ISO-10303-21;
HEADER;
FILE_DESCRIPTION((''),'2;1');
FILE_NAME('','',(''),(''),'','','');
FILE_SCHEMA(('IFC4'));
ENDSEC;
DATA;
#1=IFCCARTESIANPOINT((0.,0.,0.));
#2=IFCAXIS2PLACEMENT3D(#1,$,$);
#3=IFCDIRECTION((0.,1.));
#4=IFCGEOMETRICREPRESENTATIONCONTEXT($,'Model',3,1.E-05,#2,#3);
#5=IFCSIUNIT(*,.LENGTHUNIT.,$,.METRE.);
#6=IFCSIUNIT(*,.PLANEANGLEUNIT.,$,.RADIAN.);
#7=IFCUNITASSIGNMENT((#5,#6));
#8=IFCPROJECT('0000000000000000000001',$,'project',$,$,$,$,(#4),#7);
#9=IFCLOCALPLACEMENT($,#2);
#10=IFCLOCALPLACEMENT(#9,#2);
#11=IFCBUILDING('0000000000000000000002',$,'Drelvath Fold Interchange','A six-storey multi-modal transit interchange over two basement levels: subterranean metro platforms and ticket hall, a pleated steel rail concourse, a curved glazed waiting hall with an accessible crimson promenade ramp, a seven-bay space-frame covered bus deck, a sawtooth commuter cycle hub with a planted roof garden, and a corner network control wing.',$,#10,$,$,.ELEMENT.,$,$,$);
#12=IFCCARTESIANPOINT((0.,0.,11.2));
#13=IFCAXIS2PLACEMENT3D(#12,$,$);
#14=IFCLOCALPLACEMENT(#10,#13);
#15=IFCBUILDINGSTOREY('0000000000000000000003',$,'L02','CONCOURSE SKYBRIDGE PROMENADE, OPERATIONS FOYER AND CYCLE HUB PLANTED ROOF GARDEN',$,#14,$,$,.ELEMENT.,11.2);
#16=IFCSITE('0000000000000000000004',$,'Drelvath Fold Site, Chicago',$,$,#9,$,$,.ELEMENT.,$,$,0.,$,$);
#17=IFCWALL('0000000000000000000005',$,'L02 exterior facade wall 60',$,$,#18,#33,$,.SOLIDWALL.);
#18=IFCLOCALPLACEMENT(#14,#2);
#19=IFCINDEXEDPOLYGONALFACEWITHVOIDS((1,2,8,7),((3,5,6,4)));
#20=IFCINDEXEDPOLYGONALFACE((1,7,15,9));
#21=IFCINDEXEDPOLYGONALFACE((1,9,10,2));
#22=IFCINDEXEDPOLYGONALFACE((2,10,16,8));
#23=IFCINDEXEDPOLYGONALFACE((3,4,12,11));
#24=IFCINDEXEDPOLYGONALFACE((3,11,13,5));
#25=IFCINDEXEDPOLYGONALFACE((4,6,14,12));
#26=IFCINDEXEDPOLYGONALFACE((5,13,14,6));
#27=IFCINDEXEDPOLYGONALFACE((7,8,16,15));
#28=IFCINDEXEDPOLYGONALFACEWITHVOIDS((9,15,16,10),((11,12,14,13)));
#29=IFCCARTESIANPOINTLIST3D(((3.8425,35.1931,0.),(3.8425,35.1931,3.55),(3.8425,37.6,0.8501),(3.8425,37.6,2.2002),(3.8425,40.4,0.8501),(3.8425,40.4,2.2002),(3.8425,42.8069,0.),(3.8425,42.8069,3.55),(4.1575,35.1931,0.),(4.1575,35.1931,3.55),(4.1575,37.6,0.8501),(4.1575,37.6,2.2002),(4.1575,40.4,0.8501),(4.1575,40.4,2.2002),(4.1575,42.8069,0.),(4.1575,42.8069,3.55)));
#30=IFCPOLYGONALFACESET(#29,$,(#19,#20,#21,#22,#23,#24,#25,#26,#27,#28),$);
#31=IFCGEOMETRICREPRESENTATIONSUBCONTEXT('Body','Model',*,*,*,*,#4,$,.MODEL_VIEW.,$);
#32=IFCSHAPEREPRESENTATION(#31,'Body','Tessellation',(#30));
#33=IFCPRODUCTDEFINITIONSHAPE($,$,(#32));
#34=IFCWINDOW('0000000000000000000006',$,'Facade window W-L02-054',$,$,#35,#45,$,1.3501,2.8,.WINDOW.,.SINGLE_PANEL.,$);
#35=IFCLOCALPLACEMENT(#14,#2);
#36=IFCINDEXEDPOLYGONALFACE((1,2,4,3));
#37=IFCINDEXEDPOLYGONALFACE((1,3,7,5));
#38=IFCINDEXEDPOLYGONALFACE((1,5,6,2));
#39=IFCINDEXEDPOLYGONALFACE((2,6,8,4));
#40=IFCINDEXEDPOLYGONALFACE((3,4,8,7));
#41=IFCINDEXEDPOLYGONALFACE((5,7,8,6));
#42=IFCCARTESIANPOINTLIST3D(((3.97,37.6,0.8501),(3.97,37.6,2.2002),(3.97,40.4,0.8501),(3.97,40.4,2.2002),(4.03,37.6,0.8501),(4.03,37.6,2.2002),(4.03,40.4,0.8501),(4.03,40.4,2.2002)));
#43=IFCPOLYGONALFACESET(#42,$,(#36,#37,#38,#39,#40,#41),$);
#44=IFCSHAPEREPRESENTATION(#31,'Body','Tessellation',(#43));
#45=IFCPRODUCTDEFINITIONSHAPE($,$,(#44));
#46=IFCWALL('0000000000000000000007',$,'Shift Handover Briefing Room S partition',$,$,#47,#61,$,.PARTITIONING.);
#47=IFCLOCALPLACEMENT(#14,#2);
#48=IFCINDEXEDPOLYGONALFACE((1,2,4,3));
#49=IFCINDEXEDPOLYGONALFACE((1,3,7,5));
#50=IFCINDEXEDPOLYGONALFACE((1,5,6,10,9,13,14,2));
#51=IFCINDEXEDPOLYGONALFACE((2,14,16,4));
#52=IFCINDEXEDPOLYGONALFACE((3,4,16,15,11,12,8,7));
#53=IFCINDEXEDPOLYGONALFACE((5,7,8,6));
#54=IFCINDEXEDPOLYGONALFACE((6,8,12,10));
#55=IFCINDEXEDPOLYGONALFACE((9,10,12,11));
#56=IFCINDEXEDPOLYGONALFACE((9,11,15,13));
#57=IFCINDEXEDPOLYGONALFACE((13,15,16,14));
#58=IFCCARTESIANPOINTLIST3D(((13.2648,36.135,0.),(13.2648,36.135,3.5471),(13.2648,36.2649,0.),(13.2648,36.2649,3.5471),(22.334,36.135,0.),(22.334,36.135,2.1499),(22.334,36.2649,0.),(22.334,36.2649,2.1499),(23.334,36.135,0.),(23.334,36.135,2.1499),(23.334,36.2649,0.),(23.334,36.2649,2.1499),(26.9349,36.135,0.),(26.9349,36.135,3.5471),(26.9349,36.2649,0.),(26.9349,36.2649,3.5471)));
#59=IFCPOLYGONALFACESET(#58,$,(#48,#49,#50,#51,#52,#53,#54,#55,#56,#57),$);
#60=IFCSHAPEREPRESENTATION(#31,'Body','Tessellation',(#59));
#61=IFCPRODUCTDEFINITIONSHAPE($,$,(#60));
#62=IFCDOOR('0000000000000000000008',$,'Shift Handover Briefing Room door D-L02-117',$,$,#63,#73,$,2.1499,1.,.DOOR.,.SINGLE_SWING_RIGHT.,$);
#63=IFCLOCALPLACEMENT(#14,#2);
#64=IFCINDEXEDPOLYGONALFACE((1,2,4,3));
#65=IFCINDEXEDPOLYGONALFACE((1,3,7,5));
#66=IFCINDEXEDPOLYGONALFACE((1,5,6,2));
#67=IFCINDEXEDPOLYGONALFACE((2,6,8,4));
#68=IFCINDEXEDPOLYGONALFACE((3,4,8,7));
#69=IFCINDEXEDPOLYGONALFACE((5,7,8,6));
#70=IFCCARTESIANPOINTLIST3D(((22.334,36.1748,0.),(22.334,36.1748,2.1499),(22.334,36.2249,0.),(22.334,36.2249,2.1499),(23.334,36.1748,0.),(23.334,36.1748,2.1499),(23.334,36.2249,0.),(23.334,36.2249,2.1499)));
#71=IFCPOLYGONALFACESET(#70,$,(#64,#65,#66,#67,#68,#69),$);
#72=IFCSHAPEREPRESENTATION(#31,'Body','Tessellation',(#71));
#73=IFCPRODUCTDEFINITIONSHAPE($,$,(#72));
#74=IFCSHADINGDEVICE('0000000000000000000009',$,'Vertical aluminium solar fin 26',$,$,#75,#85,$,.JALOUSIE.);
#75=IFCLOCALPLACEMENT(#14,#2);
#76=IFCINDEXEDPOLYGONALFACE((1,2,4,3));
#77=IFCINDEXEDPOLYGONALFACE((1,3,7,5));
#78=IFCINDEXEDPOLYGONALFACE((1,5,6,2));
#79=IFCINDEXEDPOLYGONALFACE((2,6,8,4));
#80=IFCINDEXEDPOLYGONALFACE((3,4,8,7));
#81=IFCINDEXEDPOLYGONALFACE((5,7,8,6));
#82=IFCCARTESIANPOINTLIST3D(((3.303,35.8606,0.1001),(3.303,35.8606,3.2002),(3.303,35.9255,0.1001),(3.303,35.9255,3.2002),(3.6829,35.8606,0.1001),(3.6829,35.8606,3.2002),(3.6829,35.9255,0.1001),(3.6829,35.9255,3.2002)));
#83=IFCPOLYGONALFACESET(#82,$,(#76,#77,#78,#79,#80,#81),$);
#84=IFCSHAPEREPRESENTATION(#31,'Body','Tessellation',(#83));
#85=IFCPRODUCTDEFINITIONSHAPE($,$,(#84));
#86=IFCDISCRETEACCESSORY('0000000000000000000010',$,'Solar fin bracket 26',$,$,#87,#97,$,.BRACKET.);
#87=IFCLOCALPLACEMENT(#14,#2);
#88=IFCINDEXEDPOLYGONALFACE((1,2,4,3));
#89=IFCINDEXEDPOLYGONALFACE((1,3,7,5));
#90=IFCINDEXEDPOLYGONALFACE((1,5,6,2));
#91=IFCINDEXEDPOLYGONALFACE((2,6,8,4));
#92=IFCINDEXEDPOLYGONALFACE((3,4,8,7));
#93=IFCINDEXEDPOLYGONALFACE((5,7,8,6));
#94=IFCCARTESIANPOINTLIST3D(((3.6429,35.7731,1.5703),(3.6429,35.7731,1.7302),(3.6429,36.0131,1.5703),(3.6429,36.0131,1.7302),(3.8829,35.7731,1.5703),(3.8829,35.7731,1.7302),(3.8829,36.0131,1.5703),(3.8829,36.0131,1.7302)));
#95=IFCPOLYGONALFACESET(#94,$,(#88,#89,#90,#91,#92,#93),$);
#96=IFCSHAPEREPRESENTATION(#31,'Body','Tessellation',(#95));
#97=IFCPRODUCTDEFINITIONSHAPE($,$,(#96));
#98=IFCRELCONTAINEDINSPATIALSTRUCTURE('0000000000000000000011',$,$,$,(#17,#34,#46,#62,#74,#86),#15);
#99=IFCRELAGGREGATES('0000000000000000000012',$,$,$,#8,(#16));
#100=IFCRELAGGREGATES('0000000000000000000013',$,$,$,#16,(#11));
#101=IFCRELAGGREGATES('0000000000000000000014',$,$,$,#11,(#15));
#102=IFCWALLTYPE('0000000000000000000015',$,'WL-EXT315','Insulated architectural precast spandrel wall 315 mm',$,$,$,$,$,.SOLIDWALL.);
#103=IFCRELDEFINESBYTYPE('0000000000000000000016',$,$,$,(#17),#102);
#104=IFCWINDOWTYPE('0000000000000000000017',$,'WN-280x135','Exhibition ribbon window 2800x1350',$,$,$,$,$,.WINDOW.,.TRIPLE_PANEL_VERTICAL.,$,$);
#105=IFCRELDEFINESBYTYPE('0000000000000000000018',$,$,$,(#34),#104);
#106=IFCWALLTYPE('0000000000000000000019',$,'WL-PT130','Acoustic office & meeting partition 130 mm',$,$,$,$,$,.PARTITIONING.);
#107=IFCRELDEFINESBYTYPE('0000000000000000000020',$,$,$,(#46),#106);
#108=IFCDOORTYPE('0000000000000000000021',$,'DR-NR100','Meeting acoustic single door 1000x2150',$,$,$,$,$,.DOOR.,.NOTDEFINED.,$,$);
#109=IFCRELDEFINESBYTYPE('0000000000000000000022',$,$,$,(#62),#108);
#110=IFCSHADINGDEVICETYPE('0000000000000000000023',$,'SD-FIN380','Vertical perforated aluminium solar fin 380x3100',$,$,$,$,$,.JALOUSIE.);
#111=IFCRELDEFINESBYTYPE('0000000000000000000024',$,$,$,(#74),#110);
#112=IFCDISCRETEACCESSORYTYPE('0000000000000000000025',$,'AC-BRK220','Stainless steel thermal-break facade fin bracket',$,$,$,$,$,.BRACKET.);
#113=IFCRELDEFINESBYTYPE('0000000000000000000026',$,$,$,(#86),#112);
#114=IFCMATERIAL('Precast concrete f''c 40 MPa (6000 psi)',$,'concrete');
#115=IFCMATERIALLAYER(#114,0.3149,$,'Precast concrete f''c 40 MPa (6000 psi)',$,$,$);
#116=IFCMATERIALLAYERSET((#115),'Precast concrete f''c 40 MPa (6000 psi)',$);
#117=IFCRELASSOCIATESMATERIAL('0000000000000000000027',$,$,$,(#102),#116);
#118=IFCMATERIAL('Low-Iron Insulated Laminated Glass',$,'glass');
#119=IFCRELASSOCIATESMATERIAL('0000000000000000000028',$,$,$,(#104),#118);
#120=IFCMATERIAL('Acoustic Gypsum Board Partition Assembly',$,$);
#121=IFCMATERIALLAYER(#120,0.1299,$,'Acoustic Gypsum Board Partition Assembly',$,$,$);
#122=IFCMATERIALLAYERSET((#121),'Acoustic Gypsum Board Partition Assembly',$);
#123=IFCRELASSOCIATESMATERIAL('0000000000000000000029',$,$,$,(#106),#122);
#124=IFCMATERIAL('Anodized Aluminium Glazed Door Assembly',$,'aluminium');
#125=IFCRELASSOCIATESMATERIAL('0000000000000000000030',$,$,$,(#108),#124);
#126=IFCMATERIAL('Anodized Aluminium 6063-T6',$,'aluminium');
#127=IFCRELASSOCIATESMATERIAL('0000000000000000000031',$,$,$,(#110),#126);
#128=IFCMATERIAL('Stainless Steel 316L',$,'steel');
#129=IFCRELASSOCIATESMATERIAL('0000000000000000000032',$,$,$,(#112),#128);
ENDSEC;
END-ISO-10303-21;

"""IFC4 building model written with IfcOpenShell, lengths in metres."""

from ifc_helpers import new_model, si_unit, direction, frame, frame_2d, origin, origin_2d, place, context, subcontext, project, spatial, rectangle, extrude, material, layer, layer_set, type_object, element, fill, save


model = new_model("IFC4")

# Units and contexts
model_context = context("Model", 3, precision=1e-05, world=origin(), true_north=direction((0.0, 1.0)))
body_context = subcontext(model_context, "Body", "Model", "MODEL_VIEW")
ifc_project = project(units=[si_unit("LENGTHUNIT", "METRE"), si_unit("PLANEANGLEUNIT", "RADIAN")], contexts=[model_context])

# Site, building, storey
site_placement = place(None, origin())
site = spatial("IfcSite", under=ifc_project, at=site_placement, Name="Drelvath Fold Site, Chicago", CompositionType="ELEMENT", RefElevation=0.0)
building_placement = place(site_placement, origin())
building = spatial("IfcBuilding", under=site, at=building_placement, Name="Drelvath Fold Interchange", Description="A six-storey multi-modal transit interchange over two basement levels: subterranean metro platforms and ticket hall, a pleated steel rail concourse, a curved glazed waiting hall with an accessible crimson promenade ramp, a seven-bay space-frame covered bus deck, a sawtooth commuter cycle hub with a planted roof garden, and a corner network control wing.", CompositionType="ELEMENT")
storey_placement = place(building_placement, frame((0.0, 0.0, 11.2)))
storey = spatial("IfcBuildingStorey", under=building, at=storey_placement, Name="L02", Description="CONCOURSE SKYBRIDGE PROMENADE, OPERATIONS FOYER AND CYCLE HUB PLANTED ROOF GARDEN", CompositionType="ELEMENT", Elevation=11.2)

# Wall, opening, window
ifc_material_1 = material(Name="Precast concrete f'c 40 MPa (6000 psi)", Category="concrete")
ifc_layer_1 = layer(ifc_material_1, 0.3149, Name="Precast concrete f'c 40 MPa (6000 psi)")
ifc_layer_set_1 = layer_set([ifc_layer_1], Name="Precast concrete f'c 40 MPa (6000 psi)")
wall_type_1 = type_object("IfcWallType", Name="WL-EXT315", Description="Insulated architectural precast spandrel wall 315 mm", PredefinedType="SOLIDWALL", material=ifc_layer_set_1)
wall_1_placement = place(storey_placement, frame((4.0, 35.1931, 0.0), z_axis=(0.0, 0.0, 1.0), x_axis=(0.0, 1.0, 0.0)))
wall_1 = element("IfcWall", 1, at=wall_1_placement, inside=storey, type_object=wall_type_1, Name="L02 exterior facade wall 60", PredefinedType="SOLIDWALL", context=body_context, shape_type="SweptSolid", body=[
    extrude(rectangle(XDim=7.6138, YDim=0.3149, at=frame_2d((3.8069, 0.0))), origin(), (0.0, 0.0, 1.0), 3.55),
])
opening_1_placement = place(wall_1_placement, frame((2.407, 0.0, 0.8501)))
opening_1 = element("IfcOpeningElement", 2, at=opening_1_placement, cuts=wall_1, PredefinedType="OPENING", context=body_context, shape_type="SweptSolid", body=[
    extrude(rectangle(XDim=2.8, YDim=1.3501, at=frame_2d((1.3999, 0.675))), frame((0.0, 0.1675, 0.0), z_axis=(0.0, -1.0, 0.0), x_axis=(1.0, 0.0, 0.0)), (0.0, 0.0, 1.0), 0.335),
])
ifc_material_2 = material(Name="Low-Iron Insulated Laminated Glass", Category="glass")
window_type = type_object("IfcWindowType", Name="WN-280x135", Description="Exhibition ribbon window 2800x1350", PartitioningType="TRIPLE_PANEL_VERTICAL", PredefinedType="WINDOW", material=ifc_material_2)
window_placement = place(opening_1_placement, origin())
window = element("IfcWindow", 3, at=window_placement, inside=storey, type_object=window_type, Name="Facade window W-L02-054", OverallHeight=1.3501, OverallWidth=2.8, PartitioningType="SINGLE_PANEL", PredefinedType="WINDOW", context=body_context, shape_type="SweptSolid", body=[
    extrude(rectangle(XDim=2.8, YDim=1.3501, at=frame_2d((1.3999, 0.675))), frame((0.0, 0.03, 0.0), z_axis=(0.0, -1.0, 0.0), x_axis=(1.0, 0.0, 0.0)), (0.0, 0.0, 1.0), 0.0601),
])
fill(opening_1, window)

# Wall, opening, door
ifc_material_3 = material(Name="Acoustic Gypsum Board Partition Assembly")
ifc_layer_2 = layer(ifc_material_3, 0.1299, Name="Acoustic Gypsum Board Partition Assembly")
ifc_layer_set_2 = layer_set([ifc_layer_2], Name="Acoustic Gypsum Board Partition Assembly")
wall_type_2 = type_object("IfcWallType", Name="WL-PT130", Description="Acoustic office & meeting partition 130 mm", PredefinedType="PARTITIONING", material=ifc_layer_set_2)
wall_2_placement = place(storey_placement, frame((13.2649, 36.2, 0.0), z_axis=(0.0, 0.0, 1.0), x_axis=(1.0, 0.0, 0.0)))
wall_2 = element("IfcWall", 4, at=wall_2_placement, inside=storey, type_object=wall_type_2, Name="Shift Handover Briefing Room S partition", PredefinedType="PARTITIONING", context=body_context, shape_type="SweptSolid", body=[
    extrude(rectangle(XDim=13.6702, YDim=0.1299, at=frame_2d((6.835, 0.0))), origin(), (0.0, 0.0, 1.0), 3.5471),
])
opening_2_placement = place(wall_2_placement, frame((9.0691, 0.0, 0.0)))
opening_2 = element("IfcOpeningElement", 5, at=opening_2_placement, cuts=wall_2, PredefinedType="OPENING", context=body_context, shape_type="SweptSolid", body=[
    extrude(rectangle(XDim=1.0, YDim=2.1499, at=frame_2d((0.5, 1.075))), frame((0.0, 0.075, 0.0), z_axis=(0.0, -1.0, 0.0), x_axis=(1.0, 0.0, 0.0)), (0.0, 0.0, 1.0), 0.1499),
])
ifc_material_4 = material(Name="Anodized Aluminium Glazed Door Assembly", Category="aluminium")
door_type = type_object("IfcDoorType", Name="DR-NR100", Description="Meeting acoustic single door 1000x2150", OperationType="NOTDEFINED", PredefinedType="DOOR", material=ifc_material_4)
door_placement = place(opening_2_placement, origin())
door = element("IfcDoor", 6, at=door_placement, inside=storey, type_object=door_type, Name="Shift Handover Briefing Room door D-L02-117", OperationType="SINGLE_SWING_RIGHT", OverallHeight=2.1499, OverallWidth=1.0, PredefinedType="DOOR", context=body_context, shape_type="SweptSolid", body=[
    extrude(rectangle(XDim=1.0, YDim=2.1499, at=frame_2d((0.5, 1.075))), frame((0.0, 0.0249, 0.0), z_axis=(0.0, -1.0, 0.0), x_axis=(1.0, 0.0, 0.0)), (0.0, 0.0, 1.0), 0.05),
])
fill(opening_2, door)

# Shading device
ifc_material_5 = material(Name="Anodized Aluminium 6063-T6", Category="aluminium")
shading_device_type = type_object("IfcShadingDeviceType", Name="SD-FIN380", Description="Vertical perforated aluminium solar fin 380x3100", PredefinedType="JALOUSIE", material=ifc_material_5)
shading_device_placement = place(storey_placement, frame((3.4929, 35.8931, 0.1001), z_axis=(0.0, 0.0, 1.0), x_axis=(1.0, 0.0, 0.0)))
element("IfcShadingDevice", 7, at=shading_device_placement, inside=storey, type_object=shading_device_type, Name="Vertical aluminium solar fin 26", PredefinedType="JALOUSIE", context=body_context, shape_type="SweptSolid", body=[
    extrude(rectangle(XDim=0.3799, YDim=0.0649, at=origin_2d()), origin(), (0.0, 0.0, 1.0), 3.1001),
])

# Discrete accessory
ifc_material_6 = material(Name="Stainless Steel 316L", Category="steel")
discrete_accessory_type = type_object("IfcDiscreteAccessoryType", Name="AC-BRK220", Description="Stainless steel thermal-break facade fin bracket", PredefinedType="BRACKET", material=ifc_material_6)
discrete_accessory_placement = place(storey_placement, frame((3.7629, 35.8931, 1.5703), z_axis=(0.0, 0.0, 1.0), x_axis=(1.0, 0.0, 0.0)))
element("IfcDiscreteAccessory", 8, at=discrete_accessory_placement, inside=storey, type_object=discrete_accessory_type, Name="Solar fin bracket 26", PredefinedType="BRACKET", context=body_context, shape_type="SweptSolid", body=[
    extrude(rectangle(XDim=0.24, YDim=0.24, at=origin_2d()), origin(), (0.0, 0.0, 1.0), 0.1599),
])

save(model, "model.ifc")
